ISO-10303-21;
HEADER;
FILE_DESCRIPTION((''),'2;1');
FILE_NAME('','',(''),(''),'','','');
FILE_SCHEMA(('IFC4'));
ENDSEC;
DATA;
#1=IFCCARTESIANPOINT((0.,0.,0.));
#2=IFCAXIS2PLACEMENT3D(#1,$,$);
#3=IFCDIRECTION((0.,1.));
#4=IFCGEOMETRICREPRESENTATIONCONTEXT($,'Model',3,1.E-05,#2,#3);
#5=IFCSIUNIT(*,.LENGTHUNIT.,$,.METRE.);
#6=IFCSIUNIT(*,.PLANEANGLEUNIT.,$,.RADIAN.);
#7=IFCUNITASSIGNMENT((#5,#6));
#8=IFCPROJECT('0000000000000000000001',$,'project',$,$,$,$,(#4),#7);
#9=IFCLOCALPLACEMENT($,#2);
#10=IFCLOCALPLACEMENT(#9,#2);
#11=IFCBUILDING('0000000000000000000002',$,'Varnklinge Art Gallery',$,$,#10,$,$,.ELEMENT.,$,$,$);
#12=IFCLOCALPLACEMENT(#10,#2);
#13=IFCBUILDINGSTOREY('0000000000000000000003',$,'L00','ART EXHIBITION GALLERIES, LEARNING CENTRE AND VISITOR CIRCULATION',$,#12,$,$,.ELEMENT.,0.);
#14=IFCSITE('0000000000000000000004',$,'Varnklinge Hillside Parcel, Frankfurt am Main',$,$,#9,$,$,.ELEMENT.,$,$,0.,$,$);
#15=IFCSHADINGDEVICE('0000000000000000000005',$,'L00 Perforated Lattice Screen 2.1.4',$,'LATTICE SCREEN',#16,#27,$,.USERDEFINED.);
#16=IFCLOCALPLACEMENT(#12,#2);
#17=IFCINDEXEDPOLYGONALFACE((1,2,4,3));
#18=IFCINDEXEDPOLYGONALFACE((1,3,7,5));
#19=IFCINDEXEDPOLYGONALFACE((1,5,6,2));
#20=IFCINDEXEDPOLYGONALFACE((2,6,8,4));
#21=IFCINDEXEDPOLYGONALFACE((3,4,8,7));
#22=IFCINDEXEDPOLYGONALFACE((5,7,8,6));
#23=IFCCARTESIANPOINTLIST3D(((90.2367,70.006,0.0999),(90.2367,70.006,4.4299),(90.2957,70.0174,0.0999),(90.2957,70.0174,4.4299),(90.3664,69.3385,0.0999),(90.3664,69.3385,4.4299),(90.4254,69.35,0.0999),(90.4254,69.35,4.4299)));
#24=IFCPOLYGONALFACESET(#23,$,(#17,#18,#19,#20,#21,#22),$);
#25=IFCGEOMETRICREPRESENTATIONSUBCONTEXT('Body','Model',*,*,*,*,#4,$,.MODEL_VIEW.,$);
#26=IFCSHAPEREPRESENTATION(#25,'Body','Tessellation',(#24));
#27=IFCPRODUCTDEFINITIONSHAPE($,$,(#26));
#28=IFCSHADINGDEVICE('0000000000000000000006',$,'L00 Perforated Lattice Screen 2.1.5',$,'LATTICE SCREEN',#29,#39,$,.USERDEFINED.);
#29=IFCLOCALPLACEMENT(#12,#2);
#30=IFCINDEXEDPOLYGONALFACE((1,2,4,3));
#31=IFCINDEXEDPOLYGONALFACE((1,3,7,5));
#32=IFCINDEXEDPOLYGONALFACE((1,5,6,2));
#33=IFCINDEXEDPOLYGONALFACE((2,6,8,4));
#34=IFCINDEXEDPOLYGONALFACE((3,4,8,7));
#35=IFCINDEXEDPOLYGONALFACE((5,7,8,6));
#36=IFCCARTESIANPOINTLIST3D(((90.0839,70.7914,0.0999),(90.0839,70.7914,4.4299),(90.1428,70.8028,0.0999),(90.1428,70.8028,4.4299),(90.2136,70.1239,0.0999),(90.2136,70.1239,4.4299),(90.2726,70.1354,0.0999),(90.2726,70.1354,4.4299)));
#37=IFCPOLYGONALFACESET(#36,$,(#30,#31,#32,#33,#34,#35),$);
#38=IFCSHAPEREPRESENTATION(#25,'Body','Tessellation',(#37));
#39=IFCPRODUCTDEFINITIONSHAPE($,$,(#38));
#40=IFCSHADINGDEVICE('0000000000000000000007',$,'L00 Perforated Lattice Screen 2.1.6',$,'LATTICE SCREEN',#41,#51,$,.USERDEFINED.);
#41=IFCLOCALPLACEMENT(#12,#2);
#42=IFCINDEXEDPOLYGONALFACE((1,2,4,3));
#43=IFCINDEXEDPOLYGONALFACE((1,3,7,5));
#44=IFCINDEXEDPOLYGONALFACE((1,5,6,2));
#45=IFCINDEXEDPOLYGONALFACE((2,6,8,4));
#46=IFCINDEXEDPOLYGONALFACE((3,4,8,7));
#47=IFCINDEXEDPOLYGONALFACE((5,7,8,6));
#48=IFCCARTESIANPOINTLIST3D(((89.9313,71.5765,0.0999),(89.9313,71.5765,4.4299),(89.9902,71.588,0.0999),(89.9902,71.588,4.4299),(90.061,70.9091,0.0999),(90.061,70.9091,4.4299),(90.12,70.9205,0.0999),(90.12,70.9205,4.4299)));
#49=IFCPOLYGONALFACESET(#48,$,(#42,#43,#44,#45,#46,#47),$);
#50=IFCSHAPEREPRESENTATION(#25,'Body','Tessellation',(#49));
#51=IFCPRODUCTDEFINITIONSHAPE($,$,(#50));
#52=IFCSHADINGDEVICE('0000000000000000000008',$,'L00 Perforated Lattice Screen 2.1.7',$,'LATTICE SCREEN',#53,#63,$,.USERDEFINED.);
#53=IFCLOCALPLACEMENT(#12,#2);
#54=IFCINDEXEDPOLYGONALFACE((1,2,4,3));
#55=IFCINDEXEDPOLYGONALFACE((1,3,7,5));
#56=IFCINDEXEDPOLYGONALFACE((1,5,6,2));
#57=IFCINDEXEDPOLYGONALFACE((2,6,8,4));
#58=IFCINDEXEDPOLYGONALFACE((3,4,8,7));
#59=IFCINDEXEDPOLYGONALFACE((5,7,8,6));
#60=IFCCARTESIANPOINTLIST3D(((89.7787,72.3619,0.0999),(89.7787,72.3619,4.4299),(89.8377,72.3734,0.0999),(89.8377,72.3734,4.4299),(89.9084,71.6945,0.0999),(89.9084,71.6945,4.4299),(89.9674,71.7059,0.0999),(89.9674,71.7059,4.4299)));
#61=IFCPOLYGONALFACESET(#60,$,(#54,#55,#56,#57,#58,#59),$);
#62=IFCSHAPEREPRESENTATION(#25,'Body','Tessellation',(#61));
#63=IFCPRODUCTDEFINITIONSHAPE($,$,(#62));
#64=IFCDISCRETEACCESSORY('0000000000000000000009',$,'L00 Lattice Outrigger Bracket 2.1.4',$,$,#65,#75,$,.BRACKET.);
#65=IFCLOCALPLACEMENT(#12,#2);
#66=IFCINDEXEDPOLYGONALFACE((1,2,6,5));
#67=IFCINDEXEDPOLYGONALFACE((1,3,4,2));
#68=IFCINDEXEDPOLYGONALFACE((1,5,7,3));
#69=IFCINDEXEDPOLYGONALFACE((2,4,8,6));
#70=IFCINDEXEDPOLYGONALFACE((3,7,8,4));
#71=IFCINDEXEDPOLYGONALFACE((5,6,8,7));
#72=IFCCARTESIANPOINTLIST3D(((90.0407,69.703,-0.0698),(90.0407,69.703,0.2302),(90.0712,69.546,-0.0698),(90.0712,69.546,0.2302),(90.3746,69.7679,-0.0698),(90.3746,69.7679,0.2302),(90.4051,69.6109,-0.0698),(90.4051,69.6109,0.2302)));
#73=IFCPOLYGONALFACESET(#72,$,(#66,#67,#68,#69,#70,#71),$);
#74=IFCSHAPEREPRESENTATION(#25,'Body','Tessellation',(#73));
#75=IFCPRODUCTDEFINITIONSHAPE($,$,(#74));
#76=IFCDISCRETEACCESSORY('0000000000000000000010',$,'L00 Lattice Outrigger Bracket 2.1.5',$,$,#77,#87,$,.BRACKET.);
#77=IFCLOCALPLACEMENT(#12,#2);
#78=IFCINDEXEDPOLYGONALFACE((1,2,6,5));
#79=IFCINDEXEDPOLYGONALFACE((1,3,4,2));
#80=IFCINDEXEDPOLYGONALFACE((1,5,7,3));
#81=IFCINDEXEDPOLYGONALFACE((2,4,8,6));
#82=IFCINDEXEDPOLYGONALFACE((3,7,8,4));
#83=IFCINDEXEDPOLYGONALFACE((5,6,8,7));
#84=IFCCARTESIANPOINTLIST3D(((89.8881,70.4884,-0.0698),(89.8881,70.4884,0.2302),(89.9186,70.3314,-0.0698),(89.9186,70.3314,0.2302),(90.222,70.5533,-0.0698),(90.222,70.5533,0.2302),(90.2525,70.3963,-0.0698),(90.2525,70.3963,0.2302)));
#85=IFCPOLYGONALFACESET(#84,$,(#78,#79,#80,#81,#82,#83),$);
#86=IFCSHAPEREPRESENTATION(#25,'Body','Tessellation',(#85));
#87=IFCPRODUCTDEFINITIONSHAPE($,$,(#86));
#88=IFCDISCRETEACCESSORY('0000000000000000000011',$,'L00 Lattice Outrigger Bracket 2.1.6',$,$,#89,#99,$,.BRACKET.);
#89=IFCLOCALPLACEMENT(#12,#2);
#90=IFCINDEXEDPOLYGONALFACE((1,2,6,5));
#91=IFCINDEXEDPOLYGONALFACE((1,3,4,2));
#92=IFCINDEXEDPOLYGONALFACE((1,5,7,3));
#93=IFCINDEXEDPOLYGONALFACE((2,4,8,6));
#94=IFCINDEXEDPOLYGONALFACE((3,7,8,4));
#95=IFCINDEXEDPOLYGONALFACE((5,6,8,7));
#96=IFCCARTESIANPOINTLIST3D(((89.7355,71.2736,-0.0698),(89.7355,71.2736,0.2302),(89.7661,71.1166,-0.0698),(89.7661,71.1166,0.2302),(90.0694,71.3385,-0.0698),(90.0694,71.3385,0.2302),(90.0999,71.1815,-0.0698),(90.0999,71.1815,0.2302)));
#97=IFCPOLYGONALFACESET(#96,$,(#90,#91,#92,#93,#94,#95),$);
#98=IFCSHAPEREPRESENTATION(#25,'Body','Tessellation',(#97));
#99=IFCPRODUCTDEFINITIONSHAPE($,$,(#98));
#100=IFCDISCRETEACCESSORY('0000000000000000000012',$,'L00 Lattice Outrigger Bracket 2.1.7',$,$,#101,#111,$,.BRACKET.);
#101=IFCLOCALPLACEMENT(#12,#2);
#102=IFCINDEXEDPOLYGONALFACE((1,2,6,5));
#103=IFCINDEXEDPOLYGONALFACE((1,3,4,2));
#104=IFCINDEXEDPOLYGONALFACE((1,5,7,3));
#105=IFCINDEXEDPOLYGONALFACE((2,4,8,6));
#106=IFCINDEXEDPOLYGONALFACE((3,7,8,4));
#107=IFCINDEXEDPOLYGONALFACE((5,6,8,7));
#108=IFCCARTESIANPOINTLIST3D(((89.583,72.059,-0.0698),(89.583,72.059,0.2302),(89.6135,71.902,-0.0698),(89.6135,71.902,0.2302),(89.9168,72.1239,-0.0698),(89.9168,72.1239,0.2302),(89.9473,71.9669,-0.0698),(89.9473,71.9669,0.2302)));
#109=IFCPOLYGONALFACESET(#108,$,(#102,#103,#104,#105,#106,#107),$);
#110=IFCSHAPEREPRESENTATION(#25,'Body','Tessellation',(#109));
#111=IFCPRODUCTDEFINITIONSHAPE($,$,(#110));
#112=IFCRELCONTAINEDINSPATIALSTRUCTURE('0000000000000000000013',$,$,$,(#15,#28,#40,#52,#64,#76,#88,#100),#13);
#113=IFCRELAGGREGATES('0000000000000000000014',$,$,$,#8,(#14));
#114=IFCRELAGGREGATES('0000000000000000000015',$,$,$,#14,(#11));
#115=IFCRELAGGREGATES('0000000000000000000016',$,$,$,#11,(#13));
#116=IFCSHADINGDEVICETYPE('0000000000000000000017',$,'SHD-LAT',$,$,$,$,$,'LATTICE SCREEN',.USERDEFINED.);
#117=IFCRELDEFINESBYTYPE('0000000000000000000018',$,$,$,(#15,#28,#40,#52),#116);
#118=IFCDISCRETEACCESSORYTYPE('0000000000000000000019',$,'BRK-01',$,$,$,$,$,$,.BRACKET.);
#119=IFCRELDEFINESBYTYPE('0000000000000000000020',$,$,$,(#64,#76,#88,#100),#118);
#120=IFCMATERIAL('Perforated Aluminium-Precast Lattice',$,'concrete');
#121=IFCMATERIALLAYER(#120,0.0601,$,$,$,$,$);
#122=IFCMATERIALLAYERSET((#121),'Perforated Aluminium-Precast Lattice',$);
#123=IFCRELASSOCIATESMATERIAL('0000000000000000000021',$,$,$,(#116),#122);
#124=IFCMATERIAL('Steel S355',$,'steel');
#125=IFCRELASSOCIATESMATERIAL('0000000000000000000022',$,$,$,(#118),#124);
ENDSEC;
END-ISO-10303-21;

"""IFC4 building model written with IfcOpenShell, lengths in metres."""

from ifc_helpers import new_model, si_unit, direction, frame, origin, origin_2d, place, context, subcontext, project, spatial, rectangle, extrude, material, layer, layer_set, type_object, element, save


model = new_model("IFC4")

# Units and contexts
model_context = context("Model", 3, precision=1e-05, world=origin(), true_north=direction((0.0, 1.0)))
body_context = subcontext(model_context, "Body", "Model", "MODEL_VIEW")
ifc_project = project(units=[si_unit("LENGTHUNIT", "METRE"), si_unit("PLANEANGLEUNIT", "RADIAN")], contexts=[model_context])

# Site, building, storey
site_placement = place(None, origin())
site = spatial("IfcSite", under=ifc_project, at=site_placement, Name="Varnklinge Hillside Parcel, Frankfurt am Main", CompositionType="ELEMENT", RefElevation=0.0)
building_placement = place(site_placement, origin())
building = spatial("IfcBuilding", under=site, at=building_placement, Name="Varnklinge Art Gallery", CompositionType="ELEMENT")
storey_placement = place(building_placement, origin())
storey = spatial("IfcBuildingStorey", under=building, at=storey_placement, Name="L00", Description="ART EXHIBITION GALLERIES, LEARNING CENTRE AND VISITOR CIRCULATION", CompositionType="ELEMENT", Elevation=0.0)

# Shading devices
ifc_material_1 = material(Name="Perforated Aluminium-Precast Lattice", Category="concrete")
ifc_layer_1 = layer(ifc_material_1, 0.0601)
ifc_layer_set_1 = layer_set([ifc_layer_1], Name="Perforated Aluminium-Precast Lattice")
shading_device_type = type_object("IfcShadingDeviceType", Name="SHD-LAT", ElementType="LATTICE SCREEN", PredefinedType="USERDEFINED", material=ifc_layer_set_1)
for number, where, z_axis, x_axis, name in (
    (1, (90.3311, 69.678, 0.0999), (0.0, 0.0, 1.0), (-0.190809, 0.981627, 0.0), "L00 Perforated Lattice Screen 2.1.4"),
    (2, (90.1782, 70.4634, 0.0999), (0.0, 0.0, 1.0), (-0.190809, 0.981627, 0.0), "L00 Perforated Lattice Screen 2.1.5"),
    (3, (90.0256, 71.2485, 0.0999), (0.0, 0.0, 1.0), (-0.190809, 0.981627, 0.0), "L00 Perforated Lattice Screen 2.1.6"),
    (4, (89.873, 72.0339, 0.0999), (0.0, 0.0, 1.0), (-0.190809, 0.981627, 0.0), "L00 Perforated Lattice Screen 2.1.7"),
):
    element("IfcShadingDevice", number, at=place(storey_placement, frame(where, z_axis=z_axis, x_axis=x_axis)), inside=storey, type_object=shading_device_type, Name=name, ObjectType="LATTICE SCREEN", PredefinedType="USERDEFINED", context=body_context, shape_type="SweptSolid", body=[
        extrude(rectangle(XDim=0.6799, YDim=0.0601, at=origin_2d()), origin(), (0.0, 0.0, 1.0), 4.3301),
    ])

# Discrete accessories
ifc_material_2 = material(Name="Steel S355", Category="steel")
discrete_accessory_type = type_object("IfcDiscreteAccessoryType", Name="BRK-01", PredefinedType="BRACKET", material=ifc_material_2)
for number, where, z_axis, x_axis, name in (
    (5, (90.2229, 69.657, -0.0698), (0.0, 0.0, 1.0), (-0.190809, 0.981627, 0.0), "L00 Lattice Outrigger Bracket 2.1.4"),
    (6, (90.0703, 70.4424, -0.0698), (0.0, 0.0, 1.0), (-0.190809, 0.981627, 0.0), "L00 Lattice Outrigger Bracket 2.1.5"),
    (7, (89.9177, 71.2275, -0.0698), (0.0, 0.0, 1.0), (-0.190809, 0.981627, 0.0), "L00 Lattice Outrigger Bracket 2.1.6"),
    (8, (89.7651, 72.0129, -0.0698), (0.0, 0.0, 1.0), (-0.190809, 0.981627, 0.0), "L00 Lattice Outrigger Bracket 2.1.7"),
):
    element("IfcDiscreteAccessory", number, at=place(storey_placement, frame(where, z_axis=z_axis, x_axis=x_axis)), inside=storey, type_object=discrete_accessory_type, Name=name, PredefinedType="BRACKET", context=body_context, shape_type="SweptSolid", body=[
        extrude(rectangle(XDim=0.1599, YDim=0.3401, at=origin_2d()), origin(), (0.0, 0.0, 1.0), 0.3),
    ])

save(model, "model.ifc")
